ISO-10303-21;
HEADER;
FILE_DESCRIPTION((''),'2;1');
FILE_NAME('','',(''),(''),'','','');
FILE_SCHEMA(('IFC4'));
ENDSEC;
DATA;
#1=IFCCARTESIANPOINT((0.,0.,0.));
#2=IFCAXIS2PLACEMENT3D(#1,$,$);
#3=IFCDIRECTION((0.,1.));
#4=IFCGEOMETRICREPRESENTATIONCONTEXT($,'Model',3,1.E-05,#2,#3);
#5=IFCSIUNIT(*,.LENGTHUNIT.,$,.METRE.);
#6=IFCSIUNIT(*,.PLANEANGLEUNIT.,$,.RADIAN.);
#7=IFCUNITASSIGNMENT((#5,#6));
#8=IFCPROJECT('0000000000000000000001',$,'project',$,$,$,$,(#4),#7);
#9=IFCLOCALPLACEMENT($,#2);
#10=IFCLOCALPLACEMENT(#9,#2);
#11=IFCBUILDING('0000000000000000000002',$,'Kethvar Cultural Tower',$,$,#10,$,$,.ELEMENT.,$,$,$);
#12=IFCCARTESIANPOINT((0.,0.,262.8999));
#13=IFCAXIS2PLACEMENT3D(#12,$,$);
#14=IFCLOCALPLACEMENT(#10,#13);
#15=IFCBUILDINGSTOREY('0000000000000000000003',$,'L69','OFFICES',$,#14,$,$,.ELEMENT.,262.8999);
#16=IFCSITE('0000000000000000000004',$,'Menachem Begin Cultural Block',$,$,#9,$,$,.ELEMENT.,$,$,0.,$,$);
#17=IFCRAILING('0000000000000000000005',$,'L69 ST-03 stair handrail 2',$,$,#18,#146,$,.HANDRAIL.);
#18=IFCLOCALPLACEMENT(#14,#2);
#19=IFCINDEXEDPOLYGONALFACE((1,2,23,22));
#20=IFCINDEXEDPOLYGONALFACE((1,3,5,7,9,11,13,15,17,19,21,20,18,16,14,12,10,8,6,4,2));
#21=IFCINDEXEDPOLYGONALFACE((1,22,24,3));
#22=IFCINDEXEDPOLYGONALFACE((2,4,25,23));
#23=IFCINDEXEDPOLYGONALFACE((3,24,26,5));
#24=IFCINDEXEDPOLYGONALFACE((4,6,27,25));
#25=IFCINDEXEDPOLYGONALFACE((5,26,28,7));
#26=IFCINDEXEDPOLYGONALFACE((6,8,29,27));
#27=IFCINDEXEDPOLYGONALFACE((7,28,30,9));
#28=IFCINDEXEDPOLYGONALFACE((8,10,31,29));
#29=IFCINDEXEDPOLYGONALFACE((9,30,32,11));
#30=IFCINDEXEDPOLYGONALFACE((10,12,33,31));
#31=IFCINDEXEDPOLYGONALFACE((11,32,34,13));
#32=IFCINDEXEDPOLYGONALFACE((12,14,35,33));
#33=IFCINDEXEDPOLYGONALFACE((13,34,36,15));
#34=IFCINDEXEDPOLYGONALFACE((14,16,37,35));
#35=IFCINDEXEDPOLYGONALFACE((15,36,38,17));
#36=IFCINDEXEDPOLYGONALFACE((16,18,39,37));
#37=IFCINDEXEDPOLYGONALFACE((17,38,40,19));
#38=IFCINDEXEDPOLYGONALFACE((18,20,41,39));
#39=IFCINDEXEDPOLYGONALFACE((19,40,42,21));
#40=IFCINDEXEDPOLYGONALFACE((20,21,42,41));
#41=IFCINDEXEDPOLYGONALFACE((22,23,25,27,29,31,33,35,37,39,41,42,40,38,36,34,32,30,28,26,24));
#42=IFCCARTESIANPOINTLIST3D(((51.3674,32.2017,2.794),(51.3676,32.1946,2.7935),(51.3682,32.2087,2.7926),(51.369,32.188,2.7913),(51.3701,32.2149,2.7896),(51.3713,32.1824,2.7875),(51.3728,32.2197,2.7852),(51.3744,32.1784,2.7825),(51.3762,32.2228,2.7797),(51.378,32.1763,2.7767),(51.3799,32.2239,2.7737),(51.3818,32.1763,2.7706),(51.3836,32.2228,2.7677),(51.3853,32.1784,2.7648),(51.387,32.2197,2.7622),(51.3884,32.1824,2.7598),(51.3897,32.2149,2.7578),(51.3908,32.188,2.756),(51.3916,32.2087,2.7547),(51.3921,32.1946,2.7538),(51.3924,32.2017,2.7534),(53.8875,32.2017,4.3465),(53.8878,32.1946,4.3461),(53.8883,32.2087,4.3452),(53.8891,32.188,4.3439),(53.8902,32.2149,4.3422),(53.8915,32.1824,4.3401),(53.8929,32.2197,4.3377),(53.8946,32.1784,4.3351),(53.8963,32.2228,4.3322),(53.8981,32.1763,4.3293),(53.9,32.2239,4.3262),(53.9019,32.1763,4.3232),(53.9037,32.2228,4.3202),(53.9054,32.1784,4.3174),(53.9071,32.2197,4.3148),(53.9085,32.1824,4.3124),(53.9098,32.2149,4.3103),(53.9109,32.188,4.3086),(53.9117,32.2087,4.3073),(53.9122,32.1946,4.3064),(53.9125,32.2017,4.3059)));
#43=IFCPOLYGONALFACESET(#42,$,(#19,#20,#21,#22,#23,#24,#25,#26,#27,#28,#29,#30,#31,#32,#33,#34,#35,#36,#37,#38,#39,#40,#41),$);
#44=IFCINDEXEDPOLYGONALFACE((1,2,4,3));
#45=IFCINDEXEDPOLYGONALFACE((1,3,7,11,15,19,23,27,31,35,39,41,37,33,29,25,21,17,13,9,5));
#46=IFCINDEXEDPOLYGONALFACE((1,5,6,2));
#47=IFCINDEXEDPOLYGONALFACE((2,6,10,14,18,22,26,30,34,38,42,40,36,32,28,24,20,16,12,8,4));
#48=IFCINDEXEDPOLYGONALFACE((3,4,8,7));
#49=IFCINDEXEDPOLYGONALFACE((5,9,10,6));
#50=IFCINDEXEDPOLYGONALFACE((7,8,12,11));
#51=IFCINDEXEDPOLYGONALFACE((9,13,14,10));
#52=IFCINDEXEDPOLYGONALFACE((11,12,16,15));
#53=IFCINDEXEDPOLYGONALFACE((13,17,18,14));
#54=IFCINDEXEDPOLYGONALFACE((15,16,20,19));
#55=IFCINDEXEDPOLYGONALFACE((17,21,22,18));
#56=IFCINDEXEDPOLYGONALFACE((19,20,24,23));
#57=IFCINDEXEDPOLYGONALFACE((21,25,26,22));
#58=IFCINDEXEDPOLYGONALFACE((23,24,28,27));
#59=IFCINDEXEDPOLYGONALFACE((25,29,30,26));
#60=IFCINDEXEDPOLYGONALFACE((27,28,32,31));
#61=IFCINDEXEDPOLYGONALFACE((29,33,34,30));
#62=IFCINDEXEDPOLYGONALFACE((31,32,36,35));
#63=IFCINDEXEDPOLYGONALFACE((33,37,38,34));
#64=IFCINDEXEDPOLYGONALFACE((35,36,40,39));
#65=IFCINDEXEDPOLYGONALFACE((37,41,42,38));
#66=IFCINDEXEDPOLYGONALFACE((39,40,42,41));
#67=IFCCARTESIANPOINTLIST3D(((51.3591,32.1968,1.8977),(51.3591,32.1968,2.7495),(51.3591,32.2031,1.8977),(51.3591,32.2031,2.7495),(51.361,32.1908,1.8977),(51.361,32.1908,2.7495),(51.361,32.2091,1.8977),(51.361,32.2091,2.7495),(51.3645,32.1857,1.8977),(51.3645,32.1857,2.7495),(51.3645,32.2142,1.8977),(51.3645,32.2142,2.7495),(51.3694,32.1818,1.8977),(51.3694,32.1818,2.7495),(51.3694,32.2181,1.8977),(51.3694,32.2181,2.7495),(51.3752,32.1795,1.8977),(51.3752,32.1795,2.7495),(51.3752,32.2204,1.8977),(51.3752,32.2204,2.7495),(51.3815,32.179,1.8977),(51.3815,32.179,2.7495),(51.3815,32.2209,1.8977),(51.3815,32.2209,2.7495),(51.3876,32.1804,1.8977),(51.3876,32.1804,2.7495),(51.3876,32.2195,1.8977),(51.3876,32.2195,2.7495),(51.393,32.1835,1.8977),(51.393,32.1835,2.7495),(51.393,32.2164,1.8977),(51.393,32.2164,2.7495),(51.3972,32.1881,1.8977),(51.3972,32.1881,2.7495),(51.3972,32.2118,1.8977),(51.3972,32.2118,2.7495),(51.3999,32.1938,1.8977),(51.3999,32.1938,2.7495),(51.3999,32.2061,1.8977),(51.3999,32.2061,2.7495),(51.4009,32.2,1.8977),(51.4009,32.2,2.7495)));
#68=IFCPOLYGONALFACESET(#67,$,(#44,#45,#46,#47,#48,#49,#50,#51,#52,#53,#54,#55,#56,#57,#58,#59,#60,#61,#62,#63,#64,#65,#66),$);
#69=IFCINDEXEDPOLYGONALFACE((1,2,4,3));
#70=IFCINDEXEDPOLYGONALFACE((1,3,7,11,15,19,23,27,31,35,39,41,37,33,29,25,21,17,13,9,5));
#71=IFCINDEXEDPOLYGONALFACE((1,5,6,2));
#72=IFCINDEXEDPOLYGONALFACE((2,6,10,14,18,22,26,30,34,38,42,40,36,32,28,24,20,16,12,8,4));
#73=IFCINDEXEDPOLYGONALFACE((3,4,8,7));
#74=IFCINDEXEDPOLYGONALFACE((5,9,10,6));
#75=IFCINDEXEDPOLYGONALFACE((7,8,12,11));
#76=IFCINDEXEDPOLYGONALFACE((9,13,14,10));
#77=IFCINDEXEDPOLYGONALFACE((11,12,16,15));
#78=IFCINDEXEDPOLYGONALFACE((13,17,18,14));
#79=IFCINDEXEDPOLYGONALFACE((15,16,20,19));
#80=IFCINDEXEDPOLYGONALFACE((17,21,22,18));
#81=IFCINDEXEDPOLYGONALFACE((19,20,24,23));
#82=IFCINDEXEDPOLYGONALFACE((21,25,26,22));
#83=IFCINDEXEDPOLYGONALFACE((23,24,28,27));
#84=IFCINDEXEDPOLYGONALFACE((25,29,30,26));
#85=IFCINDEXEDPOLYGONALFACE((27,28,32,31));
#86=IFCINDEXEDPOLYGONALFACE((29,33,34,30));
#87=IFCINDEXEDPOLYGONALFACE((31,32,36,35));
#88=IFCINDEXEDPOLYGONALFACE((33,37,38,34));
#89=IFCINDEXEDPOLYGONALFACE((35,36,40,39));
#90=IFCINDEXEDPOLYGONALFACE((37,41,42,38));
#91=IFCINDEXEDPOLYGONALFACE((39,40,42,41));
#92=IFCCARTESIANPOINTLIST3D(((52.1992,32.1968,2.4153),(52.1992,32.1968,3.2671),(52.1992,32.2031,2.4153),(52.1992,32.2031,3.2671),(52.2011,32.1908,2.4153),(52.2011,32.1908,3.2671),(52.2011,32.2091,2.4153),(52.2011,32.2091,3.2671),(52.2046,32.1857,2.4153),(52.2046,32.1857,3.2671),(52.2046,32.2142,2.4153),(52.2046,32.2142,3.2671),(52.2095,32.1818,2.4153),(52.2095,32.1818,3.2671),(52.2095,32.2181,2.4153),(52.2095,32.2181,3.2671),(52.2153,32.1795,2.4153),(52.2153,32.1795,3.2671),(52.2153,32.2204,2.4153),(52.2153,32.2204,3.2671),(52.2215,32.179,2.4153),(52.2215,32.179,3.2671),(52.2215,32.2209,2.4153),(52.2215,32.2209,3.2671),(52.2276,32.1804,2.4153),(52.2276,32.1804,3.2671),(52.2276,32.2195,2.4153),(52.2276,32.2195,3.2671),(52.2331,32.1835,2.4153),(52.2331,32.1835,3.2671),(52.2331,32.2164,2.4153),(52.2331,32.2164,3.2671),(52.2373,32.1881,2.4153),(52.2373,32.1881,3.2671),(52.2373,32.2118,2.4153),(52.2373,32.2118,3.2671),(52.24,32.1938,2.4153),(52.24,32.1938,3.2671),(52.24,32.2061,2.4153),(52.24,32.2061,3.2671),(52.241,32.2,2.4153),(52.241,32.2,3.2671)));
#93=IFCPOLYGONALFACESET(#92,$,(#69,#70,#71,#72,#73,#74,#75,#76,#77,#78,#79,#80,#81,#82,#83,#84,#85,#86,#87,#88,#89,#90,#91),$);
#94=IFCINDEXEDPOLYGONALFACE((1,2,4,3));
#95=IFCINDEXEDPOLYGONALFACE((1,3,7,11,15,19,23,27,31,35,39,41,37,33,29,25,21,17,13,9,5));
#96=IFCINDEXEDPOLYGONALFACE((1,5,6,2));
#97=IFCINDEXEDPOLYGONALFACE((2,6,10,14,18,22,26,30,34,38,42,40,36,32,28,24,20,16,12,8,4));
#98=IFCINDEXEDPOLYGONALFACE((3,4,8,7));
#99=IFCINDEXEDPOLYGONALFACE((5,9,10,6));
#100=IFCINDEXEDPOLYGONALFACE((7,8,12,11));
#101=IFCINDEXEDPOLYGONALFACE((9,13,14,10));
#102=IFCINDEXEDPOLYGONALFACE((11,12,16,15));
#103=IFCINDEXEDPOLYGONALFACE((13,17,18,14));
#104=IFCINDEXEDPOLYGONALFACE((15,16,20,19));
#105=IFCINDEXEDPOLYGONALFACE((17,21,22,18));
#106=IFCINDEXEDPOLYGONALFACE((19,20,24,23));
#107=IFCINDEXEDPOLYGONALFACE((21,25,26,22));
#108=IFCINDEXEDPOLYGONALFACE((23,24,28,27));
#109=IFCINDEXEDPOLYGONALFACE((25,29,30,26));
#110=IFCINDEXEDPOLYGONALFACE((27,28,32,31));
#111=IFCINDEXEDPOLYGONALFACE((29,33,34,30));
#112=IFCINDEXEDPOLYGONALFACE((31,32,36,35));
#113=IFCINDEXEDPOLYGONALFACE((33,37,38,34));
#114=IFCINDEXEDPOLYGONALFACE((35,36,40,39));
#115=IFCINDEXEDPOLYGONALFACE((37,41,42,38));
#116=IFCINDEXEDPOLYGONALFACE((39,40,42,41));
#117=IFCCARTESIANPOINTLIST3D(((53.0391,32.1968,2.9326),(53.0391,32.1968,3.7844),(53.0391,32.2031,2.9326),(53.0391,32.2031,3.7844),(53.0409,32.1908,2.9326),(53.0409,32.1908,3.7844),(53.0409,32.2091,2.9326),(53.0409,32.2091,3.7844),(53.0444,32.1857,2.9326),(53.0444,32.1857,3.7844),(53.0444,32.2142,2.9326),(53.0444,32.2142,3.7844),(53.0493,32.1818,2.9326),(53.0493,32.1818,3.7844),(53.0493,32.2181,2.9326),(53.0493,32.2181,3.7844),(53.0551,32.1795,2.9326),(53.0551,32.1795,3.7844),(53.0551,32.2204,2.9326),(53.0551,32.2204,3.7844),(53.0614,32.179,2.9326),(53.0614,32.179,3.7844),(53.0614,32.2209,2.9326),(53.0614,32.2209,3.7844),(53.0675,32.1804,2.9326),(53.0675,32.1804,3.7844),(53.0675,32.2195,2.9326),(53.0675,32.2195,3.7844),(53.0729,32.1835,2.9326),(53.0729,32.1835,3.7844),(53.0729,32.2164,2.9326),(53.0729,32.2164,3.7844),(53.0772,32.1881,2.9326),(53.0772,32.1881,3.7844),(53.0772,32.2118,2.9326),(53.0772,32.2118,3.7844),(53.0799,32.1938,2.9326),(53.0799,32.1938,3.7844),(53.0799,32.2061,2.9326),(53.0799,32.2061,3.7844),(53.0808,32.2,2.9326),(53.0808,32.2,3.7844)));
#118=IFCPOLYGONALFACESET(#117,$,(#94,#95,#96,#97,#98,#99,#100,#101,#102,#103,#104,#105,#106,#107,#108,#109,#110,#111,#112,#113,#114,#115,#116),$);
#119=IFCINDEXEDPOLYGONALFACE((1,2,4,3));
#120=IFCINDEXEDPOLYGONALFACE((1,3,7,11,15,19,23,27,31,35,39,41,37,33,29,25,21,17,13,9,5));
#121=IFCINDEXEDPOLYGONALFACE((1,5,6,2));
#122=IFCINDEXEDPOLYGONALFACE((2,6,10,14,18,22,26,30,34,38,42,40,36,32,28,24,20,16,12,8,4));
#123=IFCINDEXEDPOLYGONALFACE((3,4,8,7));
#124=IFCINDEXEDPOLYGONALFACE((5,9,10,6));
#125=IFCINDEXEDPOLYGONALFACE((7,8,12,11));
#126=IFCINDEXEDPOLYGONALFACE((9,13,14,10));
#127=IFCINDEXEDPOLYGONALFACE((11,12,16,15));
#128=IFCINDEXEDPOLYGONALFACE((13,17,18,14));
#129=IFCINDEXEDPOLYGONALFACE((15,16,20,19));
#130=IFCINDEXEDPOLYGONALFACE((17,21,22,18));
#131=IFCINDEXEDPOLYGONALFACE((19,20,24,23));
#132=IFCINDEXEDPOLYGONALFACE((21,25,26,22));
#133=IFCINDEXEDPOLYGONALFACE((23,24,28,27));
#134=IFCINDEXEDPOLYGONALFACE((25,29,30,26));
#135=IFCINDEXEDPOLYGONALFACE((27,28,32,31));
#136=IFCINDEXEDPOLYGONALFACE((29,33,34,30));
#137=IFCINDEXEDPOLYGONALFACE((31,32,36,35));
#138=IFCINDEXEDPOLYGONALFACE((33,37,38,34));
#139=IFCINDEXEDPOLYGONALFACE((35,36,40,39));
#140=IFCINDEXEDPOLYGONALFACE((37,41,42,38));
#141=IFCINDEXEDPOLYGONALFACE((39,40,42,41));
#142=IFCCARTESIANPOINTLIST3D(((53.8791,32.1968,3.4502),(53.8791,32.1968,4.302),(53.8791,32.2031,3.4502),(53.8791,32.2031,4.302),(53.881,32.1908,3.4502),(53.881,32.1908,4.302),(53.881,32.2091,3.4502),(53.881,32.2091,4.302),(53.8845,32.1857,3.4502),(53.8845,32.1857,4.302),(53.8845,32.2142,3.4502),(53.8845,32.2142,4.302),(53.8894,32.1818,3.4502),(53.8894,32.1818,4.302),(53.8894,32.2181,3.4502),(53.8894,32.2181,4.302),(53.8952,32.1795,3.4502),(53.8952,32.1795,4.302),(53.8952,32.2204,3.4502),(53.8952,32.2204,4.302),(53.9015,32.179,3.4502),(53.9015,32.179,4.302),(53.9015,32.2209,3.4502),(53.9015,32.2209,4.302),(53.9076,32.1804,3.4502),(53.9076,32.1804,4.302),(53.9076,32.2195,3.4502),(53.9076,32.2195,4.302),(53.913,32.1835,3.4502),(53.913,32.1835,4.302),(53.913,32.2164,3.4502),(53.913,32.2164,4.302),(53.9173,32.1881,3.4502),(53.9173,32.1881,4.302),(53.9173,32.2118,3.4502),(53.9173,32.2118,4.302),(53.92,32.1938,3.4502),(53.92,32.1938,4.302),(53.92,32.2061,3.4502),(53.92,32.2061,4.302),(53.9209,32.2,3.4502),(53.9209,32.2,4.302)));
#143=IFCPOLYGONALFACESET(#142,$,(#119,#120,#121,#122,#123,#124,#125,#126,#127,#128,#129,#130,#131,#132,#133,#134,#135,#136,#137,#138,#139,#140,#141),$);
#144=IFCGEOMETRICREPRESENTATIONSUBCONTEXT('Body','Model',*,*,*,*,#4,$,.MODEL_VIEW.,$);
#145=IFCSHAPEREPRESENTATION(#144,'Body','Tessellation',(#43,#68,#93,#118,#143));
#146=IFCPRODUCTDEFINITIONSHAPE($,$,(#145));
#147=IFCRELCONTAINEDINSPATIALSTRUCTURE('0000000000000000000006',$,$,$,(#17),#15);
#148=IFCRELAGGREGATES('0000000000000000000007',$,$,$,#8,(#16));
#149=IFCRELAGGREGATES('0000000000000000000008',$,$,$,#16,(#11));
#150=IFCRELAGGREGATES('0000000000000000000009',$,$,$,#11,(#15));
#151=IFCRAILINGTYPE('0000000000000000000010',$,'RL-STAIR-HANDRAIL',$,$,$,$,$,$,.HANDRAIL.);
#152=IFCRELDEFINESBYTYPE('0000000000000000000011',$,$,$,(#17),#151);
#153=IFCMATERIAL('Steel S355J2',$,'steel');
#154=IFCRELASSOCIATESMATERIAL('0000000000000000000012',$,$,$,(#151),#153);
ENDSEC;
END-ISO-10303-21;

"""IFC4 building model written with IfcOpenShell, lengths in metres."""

from ifc_helpers import new_model, si_unit, direction, frame, origin, origin_2d, place, context, subcontext, project, spatial, circle, extrude, material, type_object, element, save


model = new_model("IFC4")

# Units and contexts
model_context = context("Model", 3, precision=1e-05, world=origin(), true_north=direction((0.0, 1.0)))
body_context = subcontext(model_context, "Body", "Model", "MODEL_VIEW")
ifc_project = project(units=[si_unit("LENGTHUNIT", "METRE"), si_unit("PLANEANGLEUNIT", "RADIAN")], contexts=[model_context])

# Site, building, storey
site_placement = place(None, origin())
site = spatial("IfcSite", under=ifc_project, at=site_placement, Name="Menachem Begin Cultural Block", CompositionType="ELEMENT", RefElevation=0.0)
building_placement = place(site_placement, origin())
building = spatial("IfcBuilding", under=site, at=building_placement, Name="Kethvar Cultural Tower", CompositionType="ELEMENT")
storey_placement = place(building_placement, frame((0.0, 0.0, 262.8999)))
storey = spatial("IfcBuildingStorey", under=building, at=storey_placement, Name="L69", Description="OFFICES", CompositionType="ELEMENT", Elevation=262.8999)

# Shared definitions
ifc_material_1 = material(Name="Steel S355J2", Category="steel")

# Railing
railing_type_1 = type_object("IfcRailingType", Name="RL-STAIR-HANDRAIL", PredefinedType="HANDRAIL", material=ifc_material_1)
railing_1_placement = place(storey_placement, frame((51.3799, 32.2, 1.8977)))
element("IfcRailing", 1, at=railing_1_placement, inside=storey, type_object=railing_type_1, Name="L69 ST-03 stair handrail 2", PredefinedType="HANDRAIL", context=body_context, shape_type="SweptSolid", body=[
    extrude(circle(Radius=0.0239, at=origin_2d()), frame((0.0, 0.0, 0.876), z_axis=(0.8514, 0.0, 0.524516), x_axis=(0.0, 1.0, 0.0)), (0.0, 0.0, 1.0), 2.96),
    extrude(circle(Radius=0.021, at=origin_2d()), origin(), (0.0, 0.0, 1.0), 0.8518),
    extrude(circle(Radius=0.021, at=origin_2d()), frame((0.8401, 0.0, 0.5176)), (0.0, 0.0, 1.0), 0.8518),
    extrude(circle(Radius=0.021, at=origin_2d()), frame((1.6799, 0.0, 1.0349)), (0.0, 0.0, 1.0), 0.8518),
    extrude(circle(Radius=0.021, at=origin_2d()), frame((2.52, 0.0, 1.5525)), (0.0, 0.0, 1.0), 0.8518),
])

save(model, "model.ifc")
